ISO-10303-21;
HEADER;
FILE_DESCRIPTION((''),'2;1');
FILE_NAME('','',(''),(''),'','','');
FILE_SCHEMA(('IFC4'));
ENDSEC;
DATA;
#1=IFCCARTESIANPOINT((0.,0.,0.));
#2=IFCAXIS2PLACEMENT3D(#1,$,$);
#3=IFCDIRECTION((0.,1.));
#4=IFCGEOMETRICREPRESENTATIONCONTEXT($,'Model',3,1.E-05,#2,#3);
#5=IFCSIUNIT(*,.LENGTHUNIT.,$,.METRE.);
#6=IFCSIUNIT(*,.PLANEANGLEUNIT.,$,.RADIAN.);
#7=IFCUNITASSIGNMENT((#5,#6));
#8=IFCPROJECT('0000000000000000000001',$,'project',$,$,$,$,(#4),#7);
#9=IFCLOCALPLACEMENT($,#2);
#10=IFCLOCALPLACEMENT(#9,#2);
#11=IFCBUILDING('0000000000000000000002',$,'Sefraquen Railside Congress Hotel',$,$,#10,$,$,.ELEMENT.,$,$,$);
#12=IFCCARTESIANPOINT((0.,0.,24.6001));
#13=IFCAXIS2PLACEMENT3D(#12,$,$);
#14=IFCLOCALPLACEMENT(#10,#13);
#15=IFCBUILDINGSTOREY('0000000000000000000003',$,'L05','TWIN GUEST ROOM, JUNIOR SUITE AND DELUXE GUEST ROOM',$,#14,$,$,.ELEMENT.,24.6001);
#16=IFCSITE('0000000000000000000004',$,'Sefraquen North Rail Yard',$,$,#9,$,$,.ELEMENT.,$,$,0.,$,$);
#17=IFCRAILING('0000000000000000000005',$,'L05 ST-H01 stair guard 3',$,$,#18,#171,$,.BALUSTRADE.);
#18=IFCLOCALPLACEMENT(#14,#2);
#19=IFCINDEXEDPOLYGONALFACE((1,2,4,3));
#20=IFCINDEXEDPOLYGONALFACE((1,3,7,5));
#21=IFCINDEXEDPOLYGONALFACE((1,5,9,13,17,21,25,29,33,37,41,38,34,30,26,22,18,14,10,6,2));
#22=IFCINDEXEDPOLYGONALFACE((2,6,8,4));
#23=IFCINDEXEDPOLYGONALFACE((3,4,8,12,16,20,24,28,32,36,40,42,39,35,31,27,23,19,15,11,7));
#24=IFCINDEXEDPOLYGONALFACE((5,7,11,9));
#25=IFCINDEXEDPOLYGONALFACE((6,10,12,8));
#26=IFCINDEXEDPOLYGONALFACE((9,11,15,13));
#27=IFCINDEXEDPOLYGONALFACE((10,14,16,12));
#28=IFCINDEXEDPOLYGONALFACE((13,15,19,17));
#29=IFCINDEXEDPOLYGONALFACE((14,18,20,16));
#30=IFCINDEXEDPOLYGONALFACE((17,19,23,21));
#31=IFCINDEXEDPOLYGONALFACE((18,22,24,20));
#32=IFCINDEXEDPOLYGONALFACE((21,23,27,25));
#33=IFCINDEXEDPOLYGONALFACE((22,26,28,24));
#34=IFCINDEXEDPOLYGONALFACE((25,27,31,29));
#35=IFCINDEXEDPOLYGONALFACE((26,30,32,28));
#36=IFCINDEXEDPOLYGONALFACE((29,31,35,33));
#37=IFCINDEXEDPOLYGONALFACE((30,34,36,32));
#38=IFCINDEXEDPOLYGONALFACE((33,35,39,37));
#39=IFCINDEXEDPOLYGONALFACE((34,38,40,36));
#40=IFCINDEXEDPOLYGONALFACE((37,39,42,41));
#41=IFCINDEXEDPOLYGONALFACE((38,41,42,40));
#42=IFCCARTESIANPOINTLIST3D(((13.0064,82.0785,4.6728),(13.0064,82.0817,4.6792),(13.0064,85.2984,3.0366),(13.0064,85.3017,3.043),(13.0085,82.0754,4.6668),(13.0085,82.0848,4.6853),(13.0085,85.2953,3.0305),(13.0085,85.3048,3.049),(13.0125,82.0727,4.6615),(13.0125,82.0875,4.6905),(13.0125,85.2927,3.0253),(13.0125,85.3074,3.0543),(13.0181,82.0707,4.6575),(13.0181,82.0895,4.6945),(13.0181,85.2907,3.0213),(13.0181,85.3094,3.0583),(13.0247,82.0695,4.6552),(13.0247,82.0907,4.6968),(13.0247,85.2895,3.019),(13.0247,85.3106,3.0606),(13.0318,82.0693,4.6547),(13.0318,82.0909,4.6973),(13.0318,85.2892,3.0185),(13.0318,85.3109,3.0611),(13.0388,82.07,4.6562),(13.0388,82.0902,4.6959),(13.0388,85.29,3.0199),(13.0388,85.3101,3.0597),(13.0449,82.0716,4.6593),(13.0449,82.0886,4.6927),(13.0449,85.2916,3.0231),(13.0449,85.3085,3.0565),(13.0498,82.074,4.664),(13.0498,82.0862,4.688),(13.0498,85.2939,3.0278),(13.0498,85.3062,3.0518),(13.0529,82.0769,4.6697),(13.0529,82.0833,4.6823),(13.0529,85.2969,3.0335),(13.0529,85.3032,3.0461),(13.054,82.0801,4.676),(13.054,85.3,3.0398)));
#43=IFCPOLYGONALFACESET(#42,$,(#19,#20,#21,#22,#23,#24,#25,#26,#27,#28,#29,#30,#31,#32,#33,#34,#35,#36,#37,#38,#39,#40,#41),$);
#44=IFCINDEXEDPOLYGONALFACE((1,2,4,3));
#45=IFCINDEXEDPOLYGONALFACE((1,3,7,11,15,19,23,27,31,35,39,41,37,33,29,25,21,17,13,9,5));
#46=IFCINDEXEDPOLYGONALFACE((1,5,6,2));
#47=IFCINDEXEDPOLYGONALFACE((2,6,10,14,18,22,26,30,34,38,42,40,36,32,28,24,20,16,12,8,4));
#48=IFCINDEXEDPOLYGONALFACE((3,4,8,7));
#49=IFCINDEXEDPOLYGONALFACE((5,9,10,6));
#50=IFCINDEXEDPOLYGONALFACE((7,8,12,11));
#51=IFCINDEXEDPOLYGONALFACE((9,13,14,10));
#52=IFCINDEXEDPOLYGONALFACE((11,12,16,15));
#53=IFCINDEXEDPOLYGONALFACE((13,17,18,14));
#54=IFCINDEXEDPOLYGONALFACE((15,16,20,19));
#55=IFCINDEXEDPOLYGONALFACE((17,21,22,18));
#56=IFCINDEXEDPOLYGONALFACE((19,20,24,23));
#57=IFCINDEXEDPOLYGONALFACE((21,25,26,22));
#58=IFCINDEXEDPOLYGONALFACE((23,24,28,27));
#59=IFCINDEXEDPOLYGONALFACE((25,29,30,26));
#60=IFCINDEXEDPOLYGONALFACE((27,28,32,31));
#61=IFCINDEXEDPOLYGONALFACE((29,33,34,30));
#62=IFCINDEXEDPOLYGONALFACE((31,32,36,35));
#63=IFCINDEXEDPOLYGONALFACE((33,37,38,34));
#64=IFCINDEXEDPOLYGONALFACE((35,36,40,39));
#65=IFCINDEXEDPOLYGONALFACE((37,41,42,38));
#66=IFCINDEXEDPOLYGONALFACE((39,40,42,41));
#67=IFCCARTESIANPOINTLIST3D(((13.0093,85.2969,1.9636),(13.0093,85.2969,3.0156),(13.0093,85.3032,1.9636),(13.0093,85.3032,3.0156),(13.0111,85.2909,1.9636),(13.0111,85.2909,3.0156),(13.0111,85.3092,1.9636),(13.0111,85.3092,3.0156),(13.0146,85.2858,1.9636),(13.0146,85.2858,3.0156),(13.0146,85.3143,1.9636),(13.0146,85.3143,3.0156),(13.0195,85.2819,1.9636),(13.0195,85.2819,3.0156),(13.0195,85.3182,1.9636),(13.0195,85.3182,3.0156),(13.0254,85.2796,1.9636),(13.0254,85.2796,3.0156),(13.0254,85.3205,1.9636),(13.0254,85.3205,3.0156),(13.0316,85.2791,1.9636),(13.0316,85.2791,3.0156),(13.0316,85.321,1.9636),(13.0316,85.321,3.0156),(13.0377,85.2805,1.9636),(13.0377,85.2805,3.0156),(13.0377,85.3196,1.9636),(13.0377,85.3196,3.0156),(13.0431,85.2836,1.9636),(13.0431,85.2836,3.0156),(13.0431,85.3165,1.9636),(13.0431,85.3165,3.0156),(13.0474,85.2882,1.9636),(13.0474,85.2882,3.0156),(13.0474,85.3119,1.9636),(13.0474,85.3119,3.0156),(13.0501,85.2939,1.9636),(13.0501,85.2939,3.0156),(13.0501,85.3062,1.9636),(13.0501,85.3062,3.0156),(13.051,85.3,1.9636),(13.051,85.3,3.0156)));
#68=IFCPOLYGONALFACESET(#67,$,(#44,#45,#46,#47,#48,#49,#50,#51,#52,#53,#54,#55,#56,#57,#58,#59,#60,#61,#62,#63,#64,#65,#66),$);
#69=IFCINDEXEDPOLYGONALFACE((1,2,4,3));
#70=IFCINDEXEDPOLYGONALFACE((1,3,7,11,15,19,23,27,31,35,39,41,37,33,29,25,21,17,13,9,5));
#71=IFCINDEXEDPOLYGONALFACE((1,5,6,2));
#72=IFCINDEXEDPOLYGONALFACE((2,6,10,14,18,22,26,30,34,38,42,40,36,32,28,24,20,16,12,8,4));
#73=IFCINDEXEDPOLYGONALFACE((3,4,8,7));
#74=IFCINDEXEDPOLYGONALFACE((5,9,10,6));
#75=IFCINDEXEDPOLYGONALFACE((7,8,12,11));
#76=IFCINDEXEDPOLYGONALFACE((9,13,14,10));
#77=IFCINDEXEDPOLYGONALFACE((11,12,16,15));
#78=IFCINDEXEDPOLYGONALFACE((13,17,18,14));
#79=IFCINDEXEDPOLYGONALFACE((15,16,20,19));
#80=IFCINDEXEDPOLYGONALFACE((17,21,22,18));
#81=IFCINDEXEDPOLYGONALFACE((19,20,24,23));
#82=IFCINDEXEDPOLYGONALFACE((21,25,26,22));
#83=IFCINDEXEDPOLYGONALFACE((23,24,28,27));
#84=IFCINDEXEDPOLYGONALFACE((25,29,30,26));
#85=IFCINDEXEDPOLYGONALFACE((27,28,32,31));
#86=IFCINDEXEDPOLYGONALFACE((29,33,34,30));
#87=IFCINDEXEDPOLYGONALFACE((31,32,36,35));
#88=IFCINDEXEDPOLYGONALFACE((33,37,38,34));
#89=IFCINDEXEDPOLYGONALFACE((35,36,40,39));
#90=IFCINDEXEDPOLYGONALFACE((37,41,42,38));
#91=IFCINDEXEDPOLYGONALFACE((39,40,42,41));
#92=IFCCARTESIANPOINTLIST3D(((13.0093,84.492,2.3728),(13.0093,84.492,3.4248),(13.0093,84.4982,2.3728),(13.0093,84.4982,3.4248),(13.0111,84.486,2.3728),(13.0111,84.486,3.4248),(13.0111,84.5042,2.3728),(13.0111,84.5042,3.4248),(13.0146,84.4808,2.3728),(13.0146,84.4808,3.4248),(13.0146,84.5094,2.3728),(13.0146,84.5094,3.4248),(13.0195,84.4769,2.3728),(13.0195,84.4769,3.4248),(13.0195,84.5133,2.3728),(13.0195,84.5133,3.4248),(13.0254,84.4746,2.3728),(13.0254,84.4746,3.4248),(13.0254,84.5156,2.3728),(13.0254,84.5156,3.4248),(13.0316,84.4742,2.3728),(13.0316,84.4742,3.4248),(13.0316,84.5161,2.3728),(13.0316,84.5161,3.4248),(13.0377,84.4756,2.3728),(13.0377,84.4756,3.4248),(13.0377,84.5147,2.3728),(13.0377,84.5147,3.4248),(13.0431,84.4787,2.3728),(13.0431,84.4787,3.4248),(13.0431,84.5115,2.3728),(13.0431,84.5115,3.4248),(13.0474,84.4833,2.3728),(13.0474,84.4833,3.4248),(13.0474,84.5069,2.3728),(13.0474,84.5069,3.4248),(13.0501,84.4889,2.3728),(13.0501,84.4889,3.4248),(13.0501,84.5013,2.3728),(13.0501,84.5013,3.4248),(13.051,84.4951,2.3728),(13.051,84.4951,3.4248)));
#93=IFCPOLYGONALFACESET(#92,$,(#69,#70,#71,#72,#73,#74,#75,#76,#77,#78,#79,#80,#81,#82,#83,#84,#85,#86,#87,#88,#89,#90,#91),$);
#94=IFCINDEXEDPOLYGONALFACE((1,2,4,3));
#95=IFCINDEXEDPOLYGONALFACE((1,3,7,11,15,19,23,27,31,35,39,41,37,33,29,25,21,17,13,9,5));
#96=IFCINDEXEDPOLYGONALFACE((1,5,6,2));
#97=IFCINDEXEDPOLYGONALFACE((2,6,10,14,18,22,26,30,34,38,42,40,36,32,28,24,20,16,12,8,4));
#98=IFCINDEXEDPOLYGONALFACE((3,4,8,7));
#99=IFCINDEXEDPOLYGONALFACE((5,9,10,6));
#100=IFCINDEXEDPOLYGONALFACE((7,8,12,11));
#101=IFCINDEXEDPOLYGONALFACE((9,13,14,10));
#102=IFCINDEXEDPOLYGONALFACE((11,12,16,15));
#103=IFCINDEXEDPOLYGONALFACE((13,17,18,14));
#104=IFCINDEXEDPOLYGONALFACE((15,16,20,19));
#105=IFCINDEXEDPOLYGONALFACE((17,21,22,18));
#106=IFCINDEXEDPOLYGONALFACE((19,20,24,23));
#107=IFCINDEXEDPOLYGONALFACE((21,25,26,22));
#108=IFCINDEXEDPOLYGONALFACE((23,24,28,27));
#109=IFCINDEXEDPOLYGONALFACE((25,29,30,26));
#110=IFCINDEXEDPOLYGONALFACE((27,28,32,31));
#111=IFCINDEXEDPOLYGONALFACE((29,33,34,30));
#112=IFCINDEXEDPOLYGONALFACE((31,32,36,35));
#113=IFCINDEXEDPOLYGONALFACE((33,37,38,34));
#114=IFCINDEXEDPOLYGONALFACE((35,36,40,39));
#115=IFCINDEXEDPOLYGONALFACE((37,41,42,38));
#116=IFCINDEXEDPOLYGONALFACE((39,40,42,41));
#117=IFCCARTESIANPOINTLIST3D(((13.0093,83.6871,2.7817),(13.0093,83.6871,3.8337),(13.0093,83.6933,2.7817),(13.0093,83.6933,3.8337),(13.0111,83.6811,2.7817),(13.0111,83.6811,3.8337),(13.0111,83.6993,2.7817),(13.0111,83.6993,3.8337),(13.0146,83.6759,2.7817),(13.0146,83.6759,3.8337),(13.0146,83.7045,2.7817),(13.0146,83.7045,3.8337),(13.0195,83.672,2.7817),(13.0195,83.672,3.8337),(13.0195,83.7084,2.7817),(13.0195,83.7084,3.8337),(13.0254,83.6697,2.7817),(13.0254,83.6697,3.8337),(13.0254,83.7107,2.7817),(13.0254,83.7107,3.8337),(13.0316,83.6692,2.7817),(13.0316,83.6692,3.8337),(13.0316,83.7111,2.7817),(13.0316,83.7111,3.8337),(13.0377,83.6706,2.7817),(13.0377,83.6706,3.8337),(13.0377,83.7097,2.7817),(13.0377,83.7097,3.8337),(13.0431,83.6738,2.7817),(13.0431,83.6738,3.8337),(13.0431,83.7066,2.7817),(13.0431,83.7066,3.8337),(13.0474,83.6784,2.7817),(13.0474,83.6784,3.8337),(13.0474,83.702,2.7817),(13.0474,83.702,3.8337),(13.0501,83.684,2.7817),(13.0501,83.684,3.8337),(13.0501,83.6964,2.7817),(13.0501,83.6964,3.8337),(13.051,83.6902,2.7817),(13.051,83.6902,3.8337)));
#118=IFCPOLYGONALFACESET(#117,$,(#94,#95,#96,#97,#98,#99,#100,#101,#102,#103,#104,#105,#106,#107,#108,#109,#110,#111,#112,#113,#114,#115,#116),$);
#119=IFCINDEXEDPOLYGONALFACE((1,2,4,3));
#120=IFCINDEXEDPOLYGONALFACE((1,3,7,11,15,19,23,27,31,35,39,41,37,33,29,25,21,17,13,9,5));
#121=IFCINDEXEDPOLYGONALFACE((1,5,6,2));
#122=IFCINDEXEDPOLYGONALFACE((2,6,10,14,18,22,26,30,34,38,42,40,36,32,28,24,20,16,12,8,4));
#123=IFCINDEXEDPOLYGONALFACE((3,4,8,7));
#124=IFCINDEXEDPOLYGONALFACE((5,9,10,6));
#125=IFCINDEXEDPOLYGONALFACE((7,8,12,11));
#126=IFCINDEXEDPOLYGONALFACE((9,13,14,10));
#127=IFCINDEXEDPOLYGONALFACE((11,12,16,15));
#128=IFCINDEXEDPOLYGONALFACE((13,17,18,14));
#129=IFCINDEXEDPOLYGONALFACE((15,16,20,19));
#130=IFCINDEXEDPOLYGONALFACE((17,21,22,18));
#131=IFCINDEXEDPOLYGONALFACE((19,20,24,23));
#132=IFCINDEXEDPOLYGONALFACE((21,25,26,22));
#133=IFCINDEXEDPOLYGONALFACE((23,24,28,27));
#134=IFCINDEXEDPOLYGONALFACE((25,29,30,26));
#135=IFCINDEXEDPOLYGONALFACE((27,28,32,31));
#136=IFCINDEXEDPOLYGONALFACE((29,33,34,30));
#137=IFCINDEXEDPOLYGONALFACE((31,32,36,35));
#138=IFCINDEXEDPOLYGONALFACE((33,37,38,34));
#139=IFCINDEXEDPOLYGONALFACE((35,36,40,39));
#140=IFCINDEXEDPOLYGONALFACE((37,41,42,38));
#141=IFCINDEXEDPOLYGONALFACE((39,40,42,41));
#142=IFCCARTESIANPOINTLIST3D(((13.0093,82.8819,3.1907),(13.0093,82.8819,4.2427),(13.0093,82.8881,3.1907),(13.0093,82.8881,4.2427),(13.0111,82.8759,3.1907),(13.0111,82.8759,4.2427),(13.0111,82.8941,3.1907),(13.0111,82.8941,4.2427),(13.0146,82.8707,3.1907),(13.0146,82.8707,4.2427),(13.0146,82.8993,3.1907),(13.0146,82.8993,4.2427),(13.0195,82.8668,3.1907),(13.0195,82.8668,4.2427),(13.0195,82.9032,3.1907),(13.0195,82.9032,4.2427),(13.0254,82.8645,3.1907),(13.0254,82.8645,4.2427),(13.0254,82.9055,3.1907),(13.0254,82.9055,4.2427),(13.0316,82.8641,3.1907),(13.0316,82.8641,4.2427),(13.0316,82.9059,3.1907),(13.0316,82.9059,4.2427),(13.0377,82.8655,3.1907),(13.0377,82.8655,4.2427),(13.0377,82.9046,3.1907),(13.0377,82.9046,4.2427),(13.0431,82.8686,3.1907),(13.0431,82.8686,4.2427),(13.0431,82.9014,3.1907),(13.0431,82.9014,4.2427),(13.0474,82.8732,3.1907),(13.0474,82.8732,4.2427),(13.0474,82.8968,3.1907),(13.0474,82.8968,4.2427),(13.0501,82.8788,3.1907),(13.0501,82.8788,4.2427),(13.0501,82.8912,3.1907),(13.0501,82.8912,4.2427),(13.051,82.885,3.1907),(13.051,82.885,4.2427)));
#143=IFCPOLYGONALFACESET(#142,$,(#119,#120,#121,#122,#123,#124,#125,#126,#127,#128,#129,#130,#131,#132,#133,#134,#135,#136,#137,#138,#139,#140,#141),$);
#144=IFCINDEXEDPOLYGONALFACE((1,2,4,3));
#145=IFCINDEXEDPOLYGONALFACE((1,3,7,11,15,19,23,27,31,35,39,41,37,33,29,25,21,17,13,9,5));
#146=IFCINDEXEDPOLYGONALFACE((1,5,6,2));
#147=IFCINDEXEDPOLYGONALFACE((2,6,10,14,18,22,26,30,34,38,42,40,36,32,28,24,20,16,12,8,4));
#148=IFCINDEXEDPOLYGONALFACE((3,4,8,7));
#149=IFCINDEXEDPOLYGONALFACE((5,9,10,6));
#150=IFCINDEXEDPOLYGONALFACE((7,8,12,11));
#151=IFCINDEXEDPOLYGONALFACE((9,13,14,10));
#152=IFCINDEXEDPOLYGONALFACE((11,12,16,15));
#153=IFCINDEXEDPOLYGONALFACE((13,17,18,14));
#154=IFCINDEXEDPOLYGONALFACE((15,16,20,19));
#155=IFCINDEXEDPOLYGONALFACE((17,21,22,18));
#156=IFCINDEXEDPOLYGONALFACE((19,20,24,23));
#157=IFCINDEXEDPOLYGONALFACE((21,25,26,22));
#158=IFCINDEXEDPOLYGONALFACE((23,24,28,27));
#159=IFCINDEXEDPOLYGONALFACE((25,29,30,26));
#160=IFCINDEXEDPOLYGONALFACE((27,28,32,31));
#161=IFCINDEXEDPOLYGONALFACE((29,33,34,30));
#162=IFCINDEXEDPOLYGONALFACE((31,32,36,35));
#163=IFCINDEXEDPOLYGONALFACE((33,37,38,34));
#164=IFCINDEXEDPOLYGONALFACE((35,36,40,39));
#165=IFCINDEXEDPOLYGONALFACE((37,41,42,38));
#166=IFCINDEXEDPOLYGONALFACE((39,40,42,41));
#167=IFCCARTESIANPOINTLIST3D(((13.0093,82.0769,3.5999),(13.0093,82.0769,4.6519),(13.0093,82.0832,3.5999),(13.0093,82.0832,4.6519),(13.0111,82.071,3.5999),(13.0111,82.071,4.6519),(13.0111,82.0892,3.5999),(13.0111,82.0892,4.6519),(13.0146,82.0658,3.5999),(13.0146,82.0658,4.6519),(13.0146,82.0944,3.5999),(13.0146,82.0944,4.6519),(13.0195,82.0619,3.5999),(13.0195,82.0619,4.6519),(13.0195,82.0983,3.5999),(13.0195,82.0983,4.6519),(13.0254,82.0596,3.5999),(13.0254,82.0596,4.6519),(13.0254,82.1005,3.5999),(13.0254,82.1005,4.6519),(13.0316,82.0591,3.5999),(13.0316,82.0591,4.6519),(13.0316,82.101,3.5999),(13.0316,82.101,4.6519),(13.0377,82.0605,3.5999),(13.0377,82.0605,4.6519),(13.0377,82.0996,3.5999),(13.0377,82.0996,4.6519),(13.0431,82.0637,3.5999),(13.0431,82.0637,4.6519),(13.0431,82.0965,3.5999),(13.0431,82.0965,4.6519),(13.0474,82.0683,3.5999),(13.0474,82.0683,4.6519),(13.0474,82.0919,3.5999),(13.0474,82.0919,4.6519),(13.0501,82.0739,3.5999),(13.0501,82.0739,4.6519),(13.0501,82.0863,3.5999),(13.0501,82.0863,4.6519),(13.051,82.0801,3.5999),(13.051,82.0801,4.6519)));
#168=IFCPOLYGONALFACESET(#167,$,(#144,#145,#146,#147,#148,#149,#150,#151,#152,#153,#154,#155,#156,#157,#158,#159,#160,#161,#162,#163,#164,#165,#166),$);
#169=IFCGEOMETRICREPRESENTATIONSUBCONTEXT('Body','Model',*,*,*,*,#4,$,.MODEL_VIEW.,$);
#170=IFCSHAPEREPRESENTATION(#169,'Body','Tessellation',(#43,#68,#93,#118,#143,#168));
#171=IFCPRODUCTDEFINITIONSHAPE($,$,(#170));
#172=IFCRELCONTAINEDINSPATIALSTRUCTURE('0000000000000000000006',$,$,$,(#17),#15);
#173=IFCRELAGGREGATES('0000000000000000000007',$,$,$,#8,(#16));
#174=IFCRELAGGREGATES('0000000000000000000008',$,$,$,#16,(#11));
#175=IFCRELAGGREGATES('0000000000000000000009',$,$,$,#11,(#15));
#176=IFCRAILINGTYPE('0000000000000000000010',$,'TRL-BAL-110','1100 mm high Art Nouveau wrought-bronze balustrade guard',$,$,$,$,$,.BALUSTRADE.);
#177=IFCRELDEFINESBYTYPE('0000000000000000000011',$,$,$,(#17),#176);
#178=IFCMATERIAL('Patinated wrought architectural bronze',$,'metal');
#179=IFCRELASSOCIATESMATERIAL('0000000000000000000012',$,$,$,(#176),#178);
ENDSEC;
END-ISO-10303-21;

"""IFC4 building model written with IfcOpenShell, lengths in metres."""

from ifc_helpers import new_model, si_unit, direction, frame, origin, origin_2d, place, context, subcontext, project, spatial, circle, extrude, material, type_object, element, save


model = new_model("IFC4")

# Units and contexts
model_context = context("Model", 3, precision=1e-05, world=origin(), true_north=direction((0.0, 1.0)))
body_context = subcontext(model_context, "Body", "Model", "MODEL_VIEW")
ifc_project = project(units=[si_unit("LENGTHUNIT", "METRE"), si_unit("PLANEANGLEUNIT", "RADIAN")], contexts=[model_context])

# Site, building, storey
site_placement = place(None, origin())
site = spatial("IfcSite", under=ifc_project, at=site_placement, Name="Sefraquen North Rail Yard", CompositionType="ELEMENT", RefElevation=0.0)
building_placement = place(site_placement, origin())
building = spatial("IfcBuilding", under=site, at=building_placement, Name="Sefraquen Railside Congress Hotel", CompositionType="ELEMENT")
storey_placement = place(building_placement, frame((0.0, 0.0, 24.6001)))
storey = spatial("IfcBuildingStorey", under=building, at=storey_placement, Name="L05", Description="TWIN GUEST ROOM, JUNIOR SUITE AND DELUXE GUEST ROOM", CompositionType="ELEMENT", Elevation=24.6001)

# Railing
ifc_material_1 = material(Name="Patinated wrought architectural bronze", Category="metal")
railing_type_1 = type_object("IfcRailingType", Name="TRL-BAL-110", Description="1100 mm high Art Nouveau wrought-bronze balustrade guard", PredefinedType="BALUSTRADE", material=ifc_material_1)
railing_1_placement = place(storey_placement, frame((13.03, 85.3, 1.9636)))
element("IfcRailing", 1, at=railing_1_placement, inside=storey, type_object=railing_type_1, Name="L05 ST-H01 stair guard 3", PredefinedType="BALUSTRADE", context=body_context, shape_type="SweptSolid", body=[
    extrude(circle(Radius=0.0239, at=origin_2d()), frame((0.0, 0.0, 1.0762), z_axis=(0.0, -0.891502, 0.453017), x_axis=(1.0, 0.0, 0.0)), (0.0, 0.0, 1.0), 3.6118),
    extrude(circle(Radius=0.021, at=origin_2d()), origin(), (0.0, 0.0, 1.0), 1.052),
    extrude(circle(Radius=0.021, at=origin_2d()), frame((0.0, -0.8049, 0.4092)), (0.0, 0.0, 1.0), 1.052),
    extrude(circle(Radius=0.021, at=origin_2d()), frame((0.0, -1.6099, 0.8181)), (0.0, 0.0, 1.0), 1.052),
    extrude(circle(Radius=0.021, at=origin_2d()), frame((0.0, -2.415, 1.2271)), (0.0, 0.0, 1.0), 1.052),
    extrude(circle(Radius=0.021, at=origin_2d()), frame((0.0, -3.22, 1.6362)), (0.0, 0.0, 1.0), 1.052),
])

save(model, "model.ifc")
